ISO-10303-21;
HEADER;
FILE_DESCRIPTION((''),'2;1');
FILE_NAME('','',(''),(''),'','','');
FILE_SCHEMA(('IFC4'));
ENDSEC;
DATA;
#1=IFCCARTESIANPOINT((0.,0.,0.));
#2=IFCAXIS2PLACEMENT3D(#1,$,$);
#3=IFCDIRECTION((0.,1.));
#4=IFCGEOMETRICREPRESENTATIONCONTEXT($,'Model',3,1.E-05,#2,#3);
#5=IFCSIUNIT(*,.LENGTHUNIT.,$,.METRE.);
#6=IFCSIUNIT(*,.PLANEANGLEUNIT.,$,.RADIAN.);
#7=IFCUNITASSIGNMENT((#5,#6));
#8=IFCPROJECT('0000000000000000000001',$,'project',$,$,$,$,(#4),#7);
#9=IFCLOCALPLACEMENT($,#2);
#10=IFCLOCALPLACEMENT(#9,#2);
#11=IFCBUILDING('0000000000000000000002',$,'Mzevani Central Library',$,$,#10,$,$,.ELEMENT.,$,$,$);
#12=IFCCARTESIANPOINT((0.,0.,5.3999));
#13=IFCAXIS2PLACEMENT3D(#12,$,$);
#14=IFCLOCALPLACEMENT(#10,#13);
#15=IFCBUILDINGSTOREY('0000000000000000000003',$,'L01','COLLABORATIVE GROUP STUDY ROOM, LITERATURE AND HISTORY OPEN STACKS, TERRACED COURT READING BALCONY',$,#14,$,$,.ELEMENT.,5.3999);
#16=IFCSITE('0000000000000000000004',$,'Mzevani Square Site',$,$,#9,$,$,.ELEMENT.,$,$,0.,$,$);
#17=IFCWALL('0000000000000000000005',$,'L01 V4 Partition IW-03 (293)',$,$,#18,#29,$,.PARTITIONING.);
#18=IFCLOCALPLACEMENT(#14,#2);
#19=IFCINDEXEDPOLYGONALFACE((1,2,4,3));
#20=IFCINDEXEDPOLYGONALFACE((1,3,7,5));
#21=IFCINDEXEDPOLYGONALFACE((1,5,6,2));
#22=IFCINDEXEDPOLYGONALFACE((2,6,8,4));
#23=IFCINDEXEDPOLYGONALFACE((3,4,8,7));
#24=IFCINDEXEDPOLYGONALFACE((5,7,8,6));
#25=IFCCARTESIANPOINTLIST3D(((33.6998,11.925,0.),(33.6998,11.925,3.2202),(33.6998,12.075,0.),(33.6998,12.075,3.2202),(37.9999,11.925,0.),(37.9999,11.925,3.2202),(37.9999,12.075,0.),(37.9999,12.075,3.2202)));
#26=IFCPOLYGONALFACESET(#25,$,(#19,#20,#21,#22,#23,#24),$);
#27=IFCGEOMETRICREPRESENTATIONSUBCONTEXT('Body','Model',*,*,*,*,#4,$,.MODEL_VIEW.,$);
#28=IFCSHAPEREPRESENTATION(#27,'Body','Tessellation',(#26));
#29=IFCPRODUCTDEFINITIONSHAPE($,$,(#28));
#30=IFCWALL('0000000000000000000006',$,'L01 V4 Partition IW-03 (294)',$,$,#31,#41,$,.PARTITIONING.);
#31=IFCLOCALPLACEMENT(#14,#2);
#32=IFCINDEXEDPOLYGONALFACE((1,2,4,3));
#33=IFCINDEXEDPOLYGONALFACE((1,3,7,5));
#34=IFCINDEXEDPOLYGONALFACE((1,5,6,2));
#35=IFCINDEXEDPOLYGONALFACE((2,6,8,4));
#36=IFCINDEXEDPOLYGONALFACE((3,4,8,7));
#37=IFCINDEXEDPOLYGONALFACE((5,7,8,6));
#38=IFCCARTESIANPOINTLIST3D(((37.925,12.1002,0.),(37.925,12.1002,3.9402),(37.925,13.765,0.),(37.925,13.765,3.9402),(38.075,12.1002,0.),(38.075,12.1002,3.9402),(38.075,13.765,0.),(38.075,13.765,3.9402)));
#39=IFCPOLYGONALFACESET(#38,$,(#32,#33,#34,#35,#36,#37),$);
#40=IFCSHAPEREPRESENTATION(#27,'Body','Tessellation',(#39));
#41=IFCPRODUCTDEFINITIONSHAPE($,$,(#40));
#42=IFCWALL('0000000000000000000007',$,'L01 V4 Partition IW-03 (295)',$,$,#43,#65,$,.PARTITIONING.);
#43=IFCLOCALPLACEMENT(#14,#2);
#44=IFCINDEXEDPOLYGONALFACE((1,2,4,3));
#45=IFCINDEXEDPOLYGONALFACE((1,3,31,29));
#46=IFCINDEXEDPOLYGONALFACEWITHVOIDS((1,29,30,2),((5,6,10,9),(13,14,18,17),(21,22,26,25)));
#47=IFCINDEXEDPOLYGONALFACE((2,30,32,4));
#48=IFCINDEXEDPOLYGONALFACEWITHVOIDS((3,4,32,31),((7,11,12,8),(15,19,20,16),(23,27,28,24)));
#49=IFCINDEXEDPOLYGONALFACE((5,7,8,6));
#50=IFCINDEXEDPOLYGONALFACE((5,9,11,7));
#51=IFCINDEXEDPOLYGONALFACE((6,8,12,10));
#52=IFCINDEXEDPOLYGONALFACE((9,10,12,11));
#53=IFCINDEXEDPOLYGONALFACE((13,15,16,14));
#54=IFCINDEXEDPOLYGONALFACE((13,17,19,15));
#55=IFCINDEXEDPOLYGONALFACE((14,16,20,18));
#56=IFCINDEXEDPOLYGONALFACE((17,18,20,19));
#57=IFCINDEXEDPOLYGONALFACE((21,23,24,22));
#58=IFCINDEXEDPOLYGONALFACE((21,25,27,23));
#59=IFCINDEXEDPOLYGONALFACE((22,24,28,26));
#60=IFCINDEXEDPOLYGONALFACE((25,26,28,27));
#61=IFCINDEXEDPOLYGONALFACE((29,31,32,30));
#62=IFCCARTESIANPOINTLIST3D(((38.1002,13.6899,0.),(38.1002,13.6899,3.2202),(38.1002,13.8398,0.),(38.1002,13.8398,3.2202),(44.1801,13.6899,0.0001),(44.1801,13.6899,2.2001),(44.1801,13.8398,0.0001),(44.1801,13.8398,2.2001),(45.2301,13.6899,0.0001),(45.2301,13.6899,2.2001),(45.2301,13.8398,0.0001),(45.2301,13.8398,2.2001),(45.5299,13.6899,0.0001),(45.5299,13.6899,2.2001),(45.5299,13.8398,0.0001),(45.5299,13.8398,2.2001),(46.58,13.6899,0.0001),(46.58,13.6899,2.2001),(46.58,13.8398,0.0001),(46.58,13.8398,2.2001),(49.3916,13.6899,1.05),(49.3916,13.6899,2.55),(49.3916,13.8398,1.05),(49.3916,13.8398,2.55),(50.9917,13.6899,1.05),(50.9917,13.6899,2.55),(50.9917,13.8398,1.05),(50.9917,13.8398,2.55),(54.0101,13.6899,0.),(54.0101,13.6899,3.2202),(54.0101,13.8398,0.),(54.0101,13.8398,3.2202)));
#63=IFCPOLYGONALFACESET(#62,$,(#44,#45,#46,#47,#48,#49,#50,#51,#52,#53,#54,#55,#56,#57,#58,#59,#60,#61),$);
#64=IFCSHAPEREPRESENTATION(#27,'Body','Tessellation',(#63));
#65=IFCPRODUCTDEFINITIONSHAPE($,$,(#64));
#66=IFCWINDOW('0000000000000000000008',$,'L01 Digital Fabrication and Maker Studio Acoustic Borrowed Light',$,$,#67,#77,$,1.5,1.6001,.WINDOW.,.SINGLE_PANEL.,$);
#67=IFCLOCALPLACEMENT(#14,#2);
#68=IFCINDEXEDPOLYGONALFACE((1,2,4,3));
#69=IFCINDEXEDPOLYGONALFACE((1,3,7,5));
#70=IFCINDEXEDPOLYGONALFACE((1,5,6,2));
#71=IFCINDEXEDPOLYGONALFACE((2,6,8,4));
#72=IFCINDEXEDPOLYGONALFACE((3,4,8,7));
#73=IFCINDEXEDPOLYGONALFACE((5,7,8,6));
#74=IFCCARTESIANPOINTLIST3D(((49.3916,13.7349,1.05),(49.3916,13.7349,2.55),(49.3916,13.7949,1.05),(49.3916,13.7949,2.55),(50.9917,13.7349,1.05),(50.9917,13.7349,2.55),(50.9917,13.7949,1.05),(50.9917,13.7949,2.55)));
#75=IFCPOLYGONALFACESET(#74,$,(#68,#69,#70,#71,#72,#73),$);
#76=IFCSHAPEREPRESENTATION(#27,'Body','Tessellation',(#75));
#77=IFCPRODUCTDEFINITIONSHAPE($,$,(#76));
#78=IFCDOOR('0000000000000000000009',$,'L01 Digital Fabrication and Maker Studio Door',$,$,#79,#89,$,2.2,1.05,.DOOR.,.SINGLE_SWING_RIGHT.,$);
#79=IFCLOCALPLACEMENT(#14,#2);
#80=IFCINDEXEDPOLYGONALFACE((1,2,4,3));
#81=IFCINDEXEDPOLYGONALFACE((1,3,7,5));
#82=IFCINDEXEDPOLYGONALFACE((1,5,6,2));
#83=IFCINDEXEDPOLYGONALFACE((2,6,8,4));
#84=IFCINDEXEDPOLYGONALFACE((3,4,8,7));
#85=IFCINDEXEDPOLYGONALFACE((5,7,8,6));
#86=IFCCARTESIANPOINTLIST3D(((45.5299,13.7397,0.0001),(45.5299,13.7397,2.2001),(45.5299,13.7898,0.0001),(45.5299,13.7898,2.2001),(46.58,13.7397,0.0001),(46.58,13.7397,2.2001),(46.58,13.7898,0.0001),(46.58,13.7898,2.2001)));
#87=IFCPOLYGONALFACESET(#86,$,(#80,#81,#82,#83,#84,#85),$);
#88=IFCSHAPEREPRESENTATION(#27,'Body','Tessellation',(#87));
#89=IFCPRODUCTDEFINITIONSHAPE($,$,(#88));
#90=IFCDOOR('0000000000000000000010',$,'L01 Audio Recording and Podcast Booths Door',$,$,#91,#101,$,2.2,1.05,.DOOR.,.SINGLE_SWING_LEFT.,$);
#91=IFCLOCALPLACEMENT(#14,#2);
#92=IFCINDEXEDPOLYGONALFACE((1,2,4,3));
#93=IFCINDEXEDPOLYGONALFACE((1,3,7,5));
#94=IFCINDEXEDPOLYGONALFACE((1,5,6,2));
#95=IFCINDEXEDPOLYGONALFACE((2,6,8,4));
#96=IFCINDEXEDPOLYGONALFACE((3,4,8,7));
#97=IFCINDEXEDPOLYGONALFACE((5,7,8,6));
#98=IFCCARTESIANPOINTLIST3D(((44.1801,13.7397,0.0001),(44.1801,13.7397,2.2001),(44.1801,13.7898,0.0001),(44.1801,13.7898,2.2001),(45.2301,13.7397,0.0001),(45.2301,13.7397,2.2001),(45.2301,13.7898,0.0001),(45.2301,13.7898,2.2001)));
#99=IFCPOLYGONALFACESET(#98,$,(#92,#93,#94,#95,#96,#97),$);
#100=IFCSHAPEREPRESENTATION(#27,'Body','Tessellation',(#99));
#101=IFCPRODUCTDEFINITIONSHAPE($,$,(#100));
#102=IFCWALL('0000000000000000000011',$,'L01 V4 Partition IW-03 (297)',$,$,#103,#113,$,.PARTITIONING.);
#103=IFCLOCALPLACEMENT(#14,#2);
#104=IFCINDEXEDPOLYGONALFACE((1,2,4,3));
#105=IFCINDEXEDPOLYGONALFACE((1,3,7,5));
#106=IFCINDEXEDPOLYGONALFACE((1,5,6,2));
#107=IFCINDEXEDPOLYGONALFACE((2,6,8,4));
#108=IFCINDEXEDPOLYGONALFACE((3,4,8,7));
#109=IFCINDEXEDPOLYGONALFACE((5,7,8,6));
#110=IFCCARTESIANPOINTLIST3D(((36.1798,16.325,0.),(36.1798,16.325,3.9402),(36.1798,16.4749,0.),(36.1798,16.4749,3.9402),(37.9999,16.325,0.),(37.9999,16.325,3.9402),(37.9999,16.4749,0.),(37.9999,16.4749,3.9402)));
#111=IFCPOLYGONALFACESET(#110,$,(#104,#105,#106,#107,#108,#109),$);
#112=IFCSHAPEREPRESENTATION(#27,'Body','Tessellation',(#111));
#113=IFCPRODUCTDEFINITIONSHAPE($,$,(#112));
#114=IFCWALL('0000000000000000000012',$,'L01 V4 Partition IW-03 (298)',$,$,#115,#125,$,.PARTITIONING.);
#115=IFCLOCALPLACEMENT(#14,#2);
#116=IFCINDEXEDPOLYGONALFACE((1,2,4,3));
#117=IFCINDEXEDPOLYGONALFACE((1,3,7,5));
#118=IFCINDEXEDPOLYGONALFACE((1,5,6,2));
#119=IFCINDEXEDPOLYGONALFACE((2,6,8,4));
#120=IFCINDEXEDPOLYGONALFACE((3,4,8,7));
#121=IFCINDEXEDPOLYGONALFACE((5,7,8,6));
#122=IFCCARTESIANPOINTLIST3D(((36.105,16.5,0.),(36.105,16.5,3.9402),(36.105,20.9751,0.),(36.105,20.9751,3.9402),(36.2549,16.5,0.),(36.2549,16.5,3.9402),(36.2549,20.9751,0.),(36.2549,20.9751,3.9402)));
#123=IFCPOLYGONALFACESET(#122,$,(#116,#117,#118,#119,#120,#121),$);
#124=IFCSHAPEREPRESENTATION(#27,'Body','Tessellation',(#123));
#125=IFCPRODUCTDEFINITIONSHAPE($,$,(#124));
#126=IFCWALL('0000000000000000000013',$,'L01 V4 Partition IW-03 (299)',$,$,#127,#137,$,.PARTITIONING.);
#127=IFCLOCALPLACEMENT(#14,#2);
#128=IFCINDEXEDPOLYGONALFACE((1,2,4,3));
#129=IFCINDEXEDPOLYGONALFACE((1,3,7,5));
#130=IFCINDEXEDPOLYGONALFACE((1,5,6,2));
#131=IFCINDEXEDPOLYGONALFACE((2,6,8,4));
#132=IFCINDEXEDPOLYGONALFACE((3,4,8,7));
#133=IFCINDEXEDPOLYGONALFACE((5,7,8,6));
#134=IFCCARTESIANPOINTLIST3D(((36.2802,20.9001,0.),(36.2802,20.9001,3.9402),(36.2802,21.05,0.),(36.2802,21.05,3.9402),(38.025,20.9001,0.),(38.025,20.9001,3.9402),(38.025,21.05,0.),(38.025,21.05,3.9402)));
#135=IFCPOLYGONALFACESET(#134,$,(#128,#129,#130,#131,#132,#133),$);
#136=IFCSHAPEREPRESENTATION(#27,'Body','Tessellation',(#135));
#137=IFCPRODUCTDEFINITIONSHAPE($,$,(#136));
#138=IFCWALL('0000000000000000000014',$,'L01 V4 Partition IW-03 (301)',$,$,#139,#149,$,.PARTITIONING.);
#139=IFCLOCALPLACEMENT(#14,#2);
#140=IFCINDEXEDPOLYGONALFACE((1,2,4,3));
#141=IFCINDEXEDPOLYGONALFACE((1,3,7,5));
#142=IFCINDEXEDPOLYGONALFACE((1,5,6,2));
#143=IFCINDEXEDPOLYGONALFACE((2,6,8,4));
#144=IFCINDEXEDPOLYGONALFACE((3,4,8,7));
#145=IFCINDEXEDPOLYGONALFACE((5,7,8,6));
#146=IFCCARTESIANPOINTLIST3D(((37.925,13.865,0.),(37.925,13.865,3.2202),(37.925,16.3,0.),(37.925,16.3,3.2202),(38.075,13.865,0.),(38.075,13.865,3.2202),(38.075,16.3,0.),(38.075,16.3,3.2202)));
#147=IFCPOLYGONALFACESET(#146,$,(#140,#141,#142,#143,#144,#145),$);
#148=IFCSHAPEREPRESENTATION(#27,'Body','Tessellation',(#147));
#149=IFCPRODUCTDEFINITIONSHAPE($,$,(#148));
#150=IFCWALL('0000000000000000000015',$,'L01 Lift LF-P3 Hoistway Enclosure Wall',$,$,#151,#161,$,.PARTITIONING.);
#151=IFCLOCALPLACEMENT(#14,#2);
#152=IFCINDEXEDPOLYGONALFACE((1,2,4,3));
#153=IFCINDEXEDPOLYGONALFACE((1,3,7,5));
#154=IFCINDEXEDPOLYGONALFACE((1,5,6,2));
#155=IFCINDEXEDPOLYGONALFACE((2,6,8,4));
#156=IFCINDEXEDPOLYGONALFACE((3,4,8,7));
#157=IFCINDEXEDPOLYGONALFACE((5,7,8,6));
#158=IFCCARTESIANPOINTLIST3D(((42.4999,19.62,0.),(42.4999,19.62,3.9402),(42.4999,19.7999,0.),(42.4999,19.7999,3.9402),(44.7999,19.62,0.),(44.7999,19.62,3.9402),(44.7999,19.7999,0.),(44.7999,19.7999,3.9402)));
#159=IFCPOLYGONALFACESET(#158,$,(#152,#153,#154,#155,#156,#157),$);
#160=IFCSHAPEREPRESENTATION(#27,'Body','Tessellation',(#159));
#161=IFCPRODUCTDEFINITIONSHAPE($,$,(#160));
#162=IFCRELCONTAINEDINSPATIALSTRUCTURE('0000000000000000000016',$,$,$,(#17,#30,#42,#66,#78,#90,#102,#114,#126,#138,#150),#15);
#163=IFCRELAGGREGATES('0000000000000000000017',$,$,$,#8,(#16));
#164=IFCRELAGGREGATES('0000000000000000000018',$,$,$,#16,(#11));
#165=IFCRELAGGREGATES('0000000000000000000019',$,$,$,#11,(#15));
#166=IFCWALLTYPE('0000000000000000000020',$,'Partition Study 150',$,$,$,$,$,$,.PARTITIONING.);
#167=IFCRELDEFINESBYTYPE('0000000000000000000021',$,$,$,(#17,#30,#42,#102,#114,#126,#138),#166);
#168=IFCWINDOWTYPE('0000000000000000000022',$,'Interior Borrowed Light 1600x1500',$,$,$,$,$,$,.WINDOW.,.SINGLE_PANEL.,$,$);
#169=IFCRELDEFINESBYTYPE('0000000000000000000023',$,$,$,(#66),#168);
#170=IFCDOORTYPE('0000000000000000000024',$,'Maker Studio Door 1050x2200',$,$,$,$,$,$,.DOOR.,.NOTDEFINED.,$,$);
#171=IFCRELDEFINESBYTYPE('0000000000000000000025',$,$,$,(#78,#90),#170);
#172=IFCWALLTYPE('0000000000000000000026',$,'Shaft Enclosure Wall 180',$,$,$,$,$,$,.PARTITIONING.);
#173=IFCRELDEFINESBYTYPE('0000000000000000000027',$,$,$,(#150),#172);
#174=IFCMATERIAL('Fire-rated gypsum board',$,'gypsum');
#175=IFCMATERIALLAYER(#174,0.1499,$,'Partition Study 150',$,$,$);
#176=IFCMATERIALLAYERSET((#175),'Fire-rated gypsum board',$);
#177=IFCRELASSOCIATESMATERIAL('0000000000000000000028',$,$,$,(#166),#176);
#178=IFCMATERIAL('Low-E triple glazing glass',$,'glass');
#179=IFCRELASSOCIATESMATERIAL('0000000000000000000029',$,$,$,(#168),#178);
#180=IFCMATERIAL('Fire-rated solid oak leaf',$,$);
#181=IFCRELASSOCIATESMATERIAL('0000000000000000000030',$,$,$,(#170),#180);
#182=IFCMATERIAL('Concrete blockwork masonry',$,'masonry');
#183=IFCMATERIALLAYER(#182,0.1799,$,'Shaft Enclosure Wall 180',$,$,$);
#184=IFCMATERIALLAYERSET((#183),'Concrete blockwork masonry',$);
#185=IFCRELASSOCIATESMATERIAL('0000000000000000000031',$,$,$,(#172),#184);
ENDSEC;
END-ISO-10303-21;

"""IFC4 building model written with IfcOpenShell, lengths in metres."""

from ifc_helpers import new_model, si_unit, direction, frame, frame_2d, origin, place, context, subcontext, project, spatial, rectangle, extrude, material, layer, layer_set, type_object, element, fill, save


model = new_model("IFC4")

# Units and contexts
model_context = context("Model", 3, precision=1e-05, world=origin(), true_north=direction((0.0, 1.0)))
body_context = subcontext(model_context, "Body", "Model", "MODEL_VIEW")
ifc_project = project(units=[si_unit("LENGTHUNIT", "METRE"), si_unit("PLANEANGLEUNIT", "RADIAN")], contexts=[model_context])

# Site, building, storey
site_placement = place(None, origin())
site = spatial("IfcSite", under=ifc_project, at=site_placement, Name="Mzevani Square Site", CompositionType="ELEMENT", RefElevation=0.0)
building_placement = place(site_placement, origin())
building = spatial("IfcBuilding", under=site, at=building_placement, Name="Mzevani Central Library", CompositionType="ELEMENT")
storey_placement = place(building_placement, frame((0.0, 0.0, 5.3999)))
storey = spatial("IfcBuildingStorey", under=building, at=storey_placement, Name="L01", Description="COLLABORATIVE GROUP STUDY ROOM, LITERATURE AND HISTORY OPEN STACKS, TERRACED COURT READING BALCONY", CompositionType="ELEMENT", Elevation=5.3999)

# Walls
ifc_material_1 = material(Name="Fire-rated gypsum board", Category="gypsum")
ifc_layer_1 = layer(ifc_material_1, 0.1499, Name="Partition Study 150")
ifc_layer_set_1 = layer_set([ifc_layer_1], Name="Fire-rated gypsum board")
wall_type_1 = type_object("IfcWallType", Name="Partition Study 150", PredefinedType="PARTITIONING", material=ifc_layer_set_1)
wall_1_placement = place(storey_placement, frame((33.7, 12.0, 0.0), z_axis=(0.0, 0.0, 1.0), x_axis=(1.0, 0.0, 0.0)))
element("IfcWall", 1, at=wall_1_placement, inside=storey, type_object=wall_type_1, Name="L01 V4 Partition IW-03 (293)", PredefinedType="PARTITIONING", context=body_context, shape_type="SweptSolid", body=[
    extrude(rectangle(XDim=4.3, YDim=0.1499, at=frame_2d((2.1499, 0.0))), origin(), (0.0, 0.0, 1.0), 3.2202),
])
wall_2_placement = place(storey_placement, frame((38.0, 12.1001, 0.0), z_axis=(0.0, 0.0, 1.0), x_axis=(0.0, 1.0, 0.0)))
element("IfcWall", 2, at=wall_2_placement, inside=storey, type_object=wall_type_1, Name="L01 V4 Partition IW-03 (294)", PredefinedType="PARTITIONING", context=body_context, shape_type="SweptSolid", body=[
    extrude(rectangle(XDim=1.6648, YDim=0.1499, at=frame_2d((0.8325, 0.0))), origin(), (0.0, 0.0, 1.0), 3.9402),
])

# Wall, openings, window, doors
wall_3_placement = place(storey_placement, frame((38.1001, 13.7649, 0.0), z_axis=(0.0, 0.0, 1.0), x_axis=(1.0, 0.0, 0.0)))
wall_3 = element("IfcWall", 3, at=wall_3_placement, inside=storey, type_object=wall_type_1, Name="L01 V4 Partition IW-03 (295)", PredefinedType="PARTITIONING", context=body_context, shape_type="SweptSolid", body=[
    extrude(rectangle(XDim=15.9099, YDim=0.1499, at=frame_2d((7.9551, 0.0))), origin(), (0.0, 0.0, 1.0), 3.2202),
])
opening_1_placement = place(wall_3_placement, frame((7.4299, 0.0, 0.0)))
opening_1 = element("IfcOpeningElement", 4, at=opening_1_placement, cuts=wall_3, PredefinedType="OPENING", context=body_context, shape_type="SweptSolid", body=[
    extrude(rectangle(XDim=1.05, YDim=2.2, at=frame_2d((0.5249, 1.1001))), frame((0.0, 0.085, 0.0), z_axis=(0.0, -1.0, 0.0), x_axis=(1.0, 0.0, 0.0)), (0.0, 0.0, 1.0), 0.1699),
])
opening_2_placement = place(wall_3_placement, frame((11.2915, 0.0, 1.05)))
opening_2 = element("IfcOpeningElement", 5, at=opening_2_placement, cuts=wall_3, PredefinedType="OPENING", context=body_context, shape_type="SweptSolid", body=[
    extrude(rectangle(XDim=1.6001, YDim=1.5, at=frame_2d((0.8, 0.75))), frame((0.0, 0.085, 0.0), z_axis=(0.0, -1.0, 0.0), x_axis=(1.0, 0.0, 0.0)), (0.0, 0.0, 1.0), 0.1699),
])
opening_3_placement = place(wall_3_placement, frame((6.0801, 0.0, 0.0)))
opening_3 = element("IfcOpeningElement", 6, at=opening_3_placement, cuts=wall_3, PredefinedType="OPENING", context=body_context, shape_type="SweptSolid", body=[
    extrude(rectangle(XDim=1.05, YDim=2.2, at=frame_2d((0.5249, 1.1001))), frame((0.0, 0.085, 0.0), z_axis=(0.0, -1.0, 0.0), x_axis=(1.0, 0.0, 0.0)), (0.0, 0.0, 1.0), 0.1699),
])
ifc_material_2 = material(Name="Low-E triple glazing glass", Category="glass")
window_type = type_object("IfcWindowType", Name="Interior Borrowed Light 1600x1500", PartitioningType="SINGLE_PANEL", PredefinedType="WINDOW", material=ifc_material_2)
window_placement = place(opening_2_placement, origin())
window = element("IfcWindow", 7, at=window_placement, inside=storey, type_object=window_type, Name="L01 Digital Fabrication and Maker Studio Acoustic Borrowed Light", OverallHeight=1.5, OverallWidth=1.6001, PartitioningType="SINGLE_PANEL", PredefinedType="WINDOW", context=body_context, shape_type="SweptSolid", body=[
    extrude(rectangle(XDim=1.6001, YDim=1.5, at=frame_2d((0.8, 0.75))), frame((0.0, 0.03, 0.0), z_axis=(0.0, -1.0, 0.0), x_axis=(1.0, 0.0, 0.0)), (0.0, 0.0, 1.0), 0.0601),
])
fill(opening_2, window)
ifc_material_3 = material(Name="Fire-rated solid oak leaf")
door_type = type_object("IfcDoorType", Name="Maker Studio Door 1050x2200", OperationType="NOTDEFINED", PredefinedType="DOOR", material=ifc_material_3)
door_1_placement = place(opening_1_placement, origin())
door_1 = element("IfcDoor", 8, at=door_1_placement, inside=storey, type_object=door_type, Name="L01 Digital Fabrication and Maker Studio Door", OperationType="SINGLE_SWING_RIGHT", OverallHeight=2.2, OverallWidth=1.05, PredefinedType="DOOR", context=body_context, shape_type="SweptSolid", body=[
    extrude(rectangle(XDim=1.05, YDim=2.2, at=frame_2d((0.5249, 1.1001))), frame((0.0, 0.0249, 0.0), z_axis=(0.0, -1.0, 0.0), x_axis=(1.0, 0.0, 0.0)), (0.0, 0.0, 1.0), 0.05),
])
fill(opening_1, door_1)
door_2_placement = place(opening_3_placement, origin())
door_2 = element("IfcDoor", 9, at=door_2_placement, inside=storey, type_object=door_type, Name="L01 Audio Recording and Podcast Booths Door", OperationType="SINGLE_SWING_LEFT", OverallHeight=2.2, OverallWidth=1.05, PredefinedType="DOOR", context=body_context, shape_type="SweptSolid", body=[
    extrude(rectangle(XDim=1.05, YDim=2.2, at=frame_2d((0.5249, 1.1001))), frame((0.0, 0.0249, 0.0), z_axis=(0.0, -1.0, 0.0), x_axis=(1.0, 0.0, 0.0)), (0.0, 0.0, 1.0), 0.05),
])
fill(opening_3, door_2)

# Walls
wall_4_placement = place(storey_placement, frame((38.0, 16.3999, 0.0), z_axis=(0.0, 0.0, 1.0), x_axis=(-1.0, 0.0, 0.0)))
element("IfcWall", 10, at=wall_4_placement, inside=storey, type_object=wall_type_1, Name="L01 V4 Partition IW-03 (297)", PredefinedType="PARTITIONING", context=body_context, shape_type="SweptSolid", body=[
    extrude(rectangle(XDim=1.8201, YDim=0.1499, at=frame_2d((0.9102, 0.0))), origin(), (0.0, 0.0, 1.0), 3.9402),
])
wall_5_placement = place(storey_placement, frame((36.1799, 16.5, 0.0), z_axis=(0.0, 0.0, 1.0), x_axis=(0.0, 1.0, 0.0)))
element("IfcWall", 11, at=wall_5_placement, inside=storey, type_object=wall_type_1, Name="L01 V4 Partition IW-03 (298)", PredefinedType="PARTITIONING", context=body_context, shape_type="SweptSolid", body=[
    extrude(rectangle(XDim=4.4751, YDim=0.1499, at=frame_2d((2.2375, 0.0))), origin(), (0.0, 0.0, 1.0), 3.9402),
])
wall_6_placement = place(storey_placement, frame((36.28, 20.9751, 0.0), z_axis=(0.0, 0.0, 1.0), x_axis=(1.0, 0.0, 0.0)))
element("IfcWall", 12, at=wall_6_placement, inside=storey, type_object=wall_type_1, Name="L01 V4 Partition IW-03 (299)", PredefinedType="PARTITIONING", context=body_context, shape_type="SweptSolid", body=[
    extrude(rectangle(XDim=1.7449, YDim=0.1499, at=frame_2d((0.8726, 0.0))), origin(), (0.0, 0.0, 1.0), 3.9402),
])
wall_7_placement = place(storey_placement, frame((38.0, 13.865, 0.0), z_axis=(0.0, 0.0, 1.0), x_axis=(0.0, 1.0, 0.0)))
element("IfcWall", 13, at=wall_7_placement, inside=storey, type_object=wall_type_1, Name="L01 V4 Partition IW-03 (301)", PredefinedType="PARTITIONING", context=body_context, shape_type="SweptSolid", body=[
    extrude(rectangle(XDim=2.4351, YDim=0.1499, at=frame_2d((1.2175, 0.0))), origin(), (0.0, 0.0, 1.0), 3.2202),
])
ifc_material_4 = material(Name="Concrete blockwork masonry", Category="masonry")
ifc_layer_2 = layer(ifc_material_4, 0.1799, Name="Shaft Enclosure Wall 180")
ifc_layer_set_2 = layer_set([ifc_layer_2], Name="Concrete blockwork masonry")
wall_type_2 = type_object("IfcWallType", Name="Shaft Enclosure Wall 180", PredefinedType="PARTITIONING", material=ifc_layer_set_2)
wall_8_placement = place(storey_placement, frame((42.5, 19.71, 0.0), z_axis=(0.0, 0.0, 1.0), x_axis=(1.0, 0.0, 0.0)))
element("IfcWall", 14, at=wall_8_placement, inside=storey, type_object=wall_type_2, Name="L01 Lift LF-P3 Hoistway Enclosure Wall", PredefinedType="PARTITIONING", context=body_context, shape_type="SweptSolid", body=[
    extrude(rectangle(XDim=2.3, YDim=0.1799, at=frame_2d((1.1499, 0.0))), origin(), (0.0, 0.0, 1.0), 3.9402),
])

save(model, "model.ifc")
